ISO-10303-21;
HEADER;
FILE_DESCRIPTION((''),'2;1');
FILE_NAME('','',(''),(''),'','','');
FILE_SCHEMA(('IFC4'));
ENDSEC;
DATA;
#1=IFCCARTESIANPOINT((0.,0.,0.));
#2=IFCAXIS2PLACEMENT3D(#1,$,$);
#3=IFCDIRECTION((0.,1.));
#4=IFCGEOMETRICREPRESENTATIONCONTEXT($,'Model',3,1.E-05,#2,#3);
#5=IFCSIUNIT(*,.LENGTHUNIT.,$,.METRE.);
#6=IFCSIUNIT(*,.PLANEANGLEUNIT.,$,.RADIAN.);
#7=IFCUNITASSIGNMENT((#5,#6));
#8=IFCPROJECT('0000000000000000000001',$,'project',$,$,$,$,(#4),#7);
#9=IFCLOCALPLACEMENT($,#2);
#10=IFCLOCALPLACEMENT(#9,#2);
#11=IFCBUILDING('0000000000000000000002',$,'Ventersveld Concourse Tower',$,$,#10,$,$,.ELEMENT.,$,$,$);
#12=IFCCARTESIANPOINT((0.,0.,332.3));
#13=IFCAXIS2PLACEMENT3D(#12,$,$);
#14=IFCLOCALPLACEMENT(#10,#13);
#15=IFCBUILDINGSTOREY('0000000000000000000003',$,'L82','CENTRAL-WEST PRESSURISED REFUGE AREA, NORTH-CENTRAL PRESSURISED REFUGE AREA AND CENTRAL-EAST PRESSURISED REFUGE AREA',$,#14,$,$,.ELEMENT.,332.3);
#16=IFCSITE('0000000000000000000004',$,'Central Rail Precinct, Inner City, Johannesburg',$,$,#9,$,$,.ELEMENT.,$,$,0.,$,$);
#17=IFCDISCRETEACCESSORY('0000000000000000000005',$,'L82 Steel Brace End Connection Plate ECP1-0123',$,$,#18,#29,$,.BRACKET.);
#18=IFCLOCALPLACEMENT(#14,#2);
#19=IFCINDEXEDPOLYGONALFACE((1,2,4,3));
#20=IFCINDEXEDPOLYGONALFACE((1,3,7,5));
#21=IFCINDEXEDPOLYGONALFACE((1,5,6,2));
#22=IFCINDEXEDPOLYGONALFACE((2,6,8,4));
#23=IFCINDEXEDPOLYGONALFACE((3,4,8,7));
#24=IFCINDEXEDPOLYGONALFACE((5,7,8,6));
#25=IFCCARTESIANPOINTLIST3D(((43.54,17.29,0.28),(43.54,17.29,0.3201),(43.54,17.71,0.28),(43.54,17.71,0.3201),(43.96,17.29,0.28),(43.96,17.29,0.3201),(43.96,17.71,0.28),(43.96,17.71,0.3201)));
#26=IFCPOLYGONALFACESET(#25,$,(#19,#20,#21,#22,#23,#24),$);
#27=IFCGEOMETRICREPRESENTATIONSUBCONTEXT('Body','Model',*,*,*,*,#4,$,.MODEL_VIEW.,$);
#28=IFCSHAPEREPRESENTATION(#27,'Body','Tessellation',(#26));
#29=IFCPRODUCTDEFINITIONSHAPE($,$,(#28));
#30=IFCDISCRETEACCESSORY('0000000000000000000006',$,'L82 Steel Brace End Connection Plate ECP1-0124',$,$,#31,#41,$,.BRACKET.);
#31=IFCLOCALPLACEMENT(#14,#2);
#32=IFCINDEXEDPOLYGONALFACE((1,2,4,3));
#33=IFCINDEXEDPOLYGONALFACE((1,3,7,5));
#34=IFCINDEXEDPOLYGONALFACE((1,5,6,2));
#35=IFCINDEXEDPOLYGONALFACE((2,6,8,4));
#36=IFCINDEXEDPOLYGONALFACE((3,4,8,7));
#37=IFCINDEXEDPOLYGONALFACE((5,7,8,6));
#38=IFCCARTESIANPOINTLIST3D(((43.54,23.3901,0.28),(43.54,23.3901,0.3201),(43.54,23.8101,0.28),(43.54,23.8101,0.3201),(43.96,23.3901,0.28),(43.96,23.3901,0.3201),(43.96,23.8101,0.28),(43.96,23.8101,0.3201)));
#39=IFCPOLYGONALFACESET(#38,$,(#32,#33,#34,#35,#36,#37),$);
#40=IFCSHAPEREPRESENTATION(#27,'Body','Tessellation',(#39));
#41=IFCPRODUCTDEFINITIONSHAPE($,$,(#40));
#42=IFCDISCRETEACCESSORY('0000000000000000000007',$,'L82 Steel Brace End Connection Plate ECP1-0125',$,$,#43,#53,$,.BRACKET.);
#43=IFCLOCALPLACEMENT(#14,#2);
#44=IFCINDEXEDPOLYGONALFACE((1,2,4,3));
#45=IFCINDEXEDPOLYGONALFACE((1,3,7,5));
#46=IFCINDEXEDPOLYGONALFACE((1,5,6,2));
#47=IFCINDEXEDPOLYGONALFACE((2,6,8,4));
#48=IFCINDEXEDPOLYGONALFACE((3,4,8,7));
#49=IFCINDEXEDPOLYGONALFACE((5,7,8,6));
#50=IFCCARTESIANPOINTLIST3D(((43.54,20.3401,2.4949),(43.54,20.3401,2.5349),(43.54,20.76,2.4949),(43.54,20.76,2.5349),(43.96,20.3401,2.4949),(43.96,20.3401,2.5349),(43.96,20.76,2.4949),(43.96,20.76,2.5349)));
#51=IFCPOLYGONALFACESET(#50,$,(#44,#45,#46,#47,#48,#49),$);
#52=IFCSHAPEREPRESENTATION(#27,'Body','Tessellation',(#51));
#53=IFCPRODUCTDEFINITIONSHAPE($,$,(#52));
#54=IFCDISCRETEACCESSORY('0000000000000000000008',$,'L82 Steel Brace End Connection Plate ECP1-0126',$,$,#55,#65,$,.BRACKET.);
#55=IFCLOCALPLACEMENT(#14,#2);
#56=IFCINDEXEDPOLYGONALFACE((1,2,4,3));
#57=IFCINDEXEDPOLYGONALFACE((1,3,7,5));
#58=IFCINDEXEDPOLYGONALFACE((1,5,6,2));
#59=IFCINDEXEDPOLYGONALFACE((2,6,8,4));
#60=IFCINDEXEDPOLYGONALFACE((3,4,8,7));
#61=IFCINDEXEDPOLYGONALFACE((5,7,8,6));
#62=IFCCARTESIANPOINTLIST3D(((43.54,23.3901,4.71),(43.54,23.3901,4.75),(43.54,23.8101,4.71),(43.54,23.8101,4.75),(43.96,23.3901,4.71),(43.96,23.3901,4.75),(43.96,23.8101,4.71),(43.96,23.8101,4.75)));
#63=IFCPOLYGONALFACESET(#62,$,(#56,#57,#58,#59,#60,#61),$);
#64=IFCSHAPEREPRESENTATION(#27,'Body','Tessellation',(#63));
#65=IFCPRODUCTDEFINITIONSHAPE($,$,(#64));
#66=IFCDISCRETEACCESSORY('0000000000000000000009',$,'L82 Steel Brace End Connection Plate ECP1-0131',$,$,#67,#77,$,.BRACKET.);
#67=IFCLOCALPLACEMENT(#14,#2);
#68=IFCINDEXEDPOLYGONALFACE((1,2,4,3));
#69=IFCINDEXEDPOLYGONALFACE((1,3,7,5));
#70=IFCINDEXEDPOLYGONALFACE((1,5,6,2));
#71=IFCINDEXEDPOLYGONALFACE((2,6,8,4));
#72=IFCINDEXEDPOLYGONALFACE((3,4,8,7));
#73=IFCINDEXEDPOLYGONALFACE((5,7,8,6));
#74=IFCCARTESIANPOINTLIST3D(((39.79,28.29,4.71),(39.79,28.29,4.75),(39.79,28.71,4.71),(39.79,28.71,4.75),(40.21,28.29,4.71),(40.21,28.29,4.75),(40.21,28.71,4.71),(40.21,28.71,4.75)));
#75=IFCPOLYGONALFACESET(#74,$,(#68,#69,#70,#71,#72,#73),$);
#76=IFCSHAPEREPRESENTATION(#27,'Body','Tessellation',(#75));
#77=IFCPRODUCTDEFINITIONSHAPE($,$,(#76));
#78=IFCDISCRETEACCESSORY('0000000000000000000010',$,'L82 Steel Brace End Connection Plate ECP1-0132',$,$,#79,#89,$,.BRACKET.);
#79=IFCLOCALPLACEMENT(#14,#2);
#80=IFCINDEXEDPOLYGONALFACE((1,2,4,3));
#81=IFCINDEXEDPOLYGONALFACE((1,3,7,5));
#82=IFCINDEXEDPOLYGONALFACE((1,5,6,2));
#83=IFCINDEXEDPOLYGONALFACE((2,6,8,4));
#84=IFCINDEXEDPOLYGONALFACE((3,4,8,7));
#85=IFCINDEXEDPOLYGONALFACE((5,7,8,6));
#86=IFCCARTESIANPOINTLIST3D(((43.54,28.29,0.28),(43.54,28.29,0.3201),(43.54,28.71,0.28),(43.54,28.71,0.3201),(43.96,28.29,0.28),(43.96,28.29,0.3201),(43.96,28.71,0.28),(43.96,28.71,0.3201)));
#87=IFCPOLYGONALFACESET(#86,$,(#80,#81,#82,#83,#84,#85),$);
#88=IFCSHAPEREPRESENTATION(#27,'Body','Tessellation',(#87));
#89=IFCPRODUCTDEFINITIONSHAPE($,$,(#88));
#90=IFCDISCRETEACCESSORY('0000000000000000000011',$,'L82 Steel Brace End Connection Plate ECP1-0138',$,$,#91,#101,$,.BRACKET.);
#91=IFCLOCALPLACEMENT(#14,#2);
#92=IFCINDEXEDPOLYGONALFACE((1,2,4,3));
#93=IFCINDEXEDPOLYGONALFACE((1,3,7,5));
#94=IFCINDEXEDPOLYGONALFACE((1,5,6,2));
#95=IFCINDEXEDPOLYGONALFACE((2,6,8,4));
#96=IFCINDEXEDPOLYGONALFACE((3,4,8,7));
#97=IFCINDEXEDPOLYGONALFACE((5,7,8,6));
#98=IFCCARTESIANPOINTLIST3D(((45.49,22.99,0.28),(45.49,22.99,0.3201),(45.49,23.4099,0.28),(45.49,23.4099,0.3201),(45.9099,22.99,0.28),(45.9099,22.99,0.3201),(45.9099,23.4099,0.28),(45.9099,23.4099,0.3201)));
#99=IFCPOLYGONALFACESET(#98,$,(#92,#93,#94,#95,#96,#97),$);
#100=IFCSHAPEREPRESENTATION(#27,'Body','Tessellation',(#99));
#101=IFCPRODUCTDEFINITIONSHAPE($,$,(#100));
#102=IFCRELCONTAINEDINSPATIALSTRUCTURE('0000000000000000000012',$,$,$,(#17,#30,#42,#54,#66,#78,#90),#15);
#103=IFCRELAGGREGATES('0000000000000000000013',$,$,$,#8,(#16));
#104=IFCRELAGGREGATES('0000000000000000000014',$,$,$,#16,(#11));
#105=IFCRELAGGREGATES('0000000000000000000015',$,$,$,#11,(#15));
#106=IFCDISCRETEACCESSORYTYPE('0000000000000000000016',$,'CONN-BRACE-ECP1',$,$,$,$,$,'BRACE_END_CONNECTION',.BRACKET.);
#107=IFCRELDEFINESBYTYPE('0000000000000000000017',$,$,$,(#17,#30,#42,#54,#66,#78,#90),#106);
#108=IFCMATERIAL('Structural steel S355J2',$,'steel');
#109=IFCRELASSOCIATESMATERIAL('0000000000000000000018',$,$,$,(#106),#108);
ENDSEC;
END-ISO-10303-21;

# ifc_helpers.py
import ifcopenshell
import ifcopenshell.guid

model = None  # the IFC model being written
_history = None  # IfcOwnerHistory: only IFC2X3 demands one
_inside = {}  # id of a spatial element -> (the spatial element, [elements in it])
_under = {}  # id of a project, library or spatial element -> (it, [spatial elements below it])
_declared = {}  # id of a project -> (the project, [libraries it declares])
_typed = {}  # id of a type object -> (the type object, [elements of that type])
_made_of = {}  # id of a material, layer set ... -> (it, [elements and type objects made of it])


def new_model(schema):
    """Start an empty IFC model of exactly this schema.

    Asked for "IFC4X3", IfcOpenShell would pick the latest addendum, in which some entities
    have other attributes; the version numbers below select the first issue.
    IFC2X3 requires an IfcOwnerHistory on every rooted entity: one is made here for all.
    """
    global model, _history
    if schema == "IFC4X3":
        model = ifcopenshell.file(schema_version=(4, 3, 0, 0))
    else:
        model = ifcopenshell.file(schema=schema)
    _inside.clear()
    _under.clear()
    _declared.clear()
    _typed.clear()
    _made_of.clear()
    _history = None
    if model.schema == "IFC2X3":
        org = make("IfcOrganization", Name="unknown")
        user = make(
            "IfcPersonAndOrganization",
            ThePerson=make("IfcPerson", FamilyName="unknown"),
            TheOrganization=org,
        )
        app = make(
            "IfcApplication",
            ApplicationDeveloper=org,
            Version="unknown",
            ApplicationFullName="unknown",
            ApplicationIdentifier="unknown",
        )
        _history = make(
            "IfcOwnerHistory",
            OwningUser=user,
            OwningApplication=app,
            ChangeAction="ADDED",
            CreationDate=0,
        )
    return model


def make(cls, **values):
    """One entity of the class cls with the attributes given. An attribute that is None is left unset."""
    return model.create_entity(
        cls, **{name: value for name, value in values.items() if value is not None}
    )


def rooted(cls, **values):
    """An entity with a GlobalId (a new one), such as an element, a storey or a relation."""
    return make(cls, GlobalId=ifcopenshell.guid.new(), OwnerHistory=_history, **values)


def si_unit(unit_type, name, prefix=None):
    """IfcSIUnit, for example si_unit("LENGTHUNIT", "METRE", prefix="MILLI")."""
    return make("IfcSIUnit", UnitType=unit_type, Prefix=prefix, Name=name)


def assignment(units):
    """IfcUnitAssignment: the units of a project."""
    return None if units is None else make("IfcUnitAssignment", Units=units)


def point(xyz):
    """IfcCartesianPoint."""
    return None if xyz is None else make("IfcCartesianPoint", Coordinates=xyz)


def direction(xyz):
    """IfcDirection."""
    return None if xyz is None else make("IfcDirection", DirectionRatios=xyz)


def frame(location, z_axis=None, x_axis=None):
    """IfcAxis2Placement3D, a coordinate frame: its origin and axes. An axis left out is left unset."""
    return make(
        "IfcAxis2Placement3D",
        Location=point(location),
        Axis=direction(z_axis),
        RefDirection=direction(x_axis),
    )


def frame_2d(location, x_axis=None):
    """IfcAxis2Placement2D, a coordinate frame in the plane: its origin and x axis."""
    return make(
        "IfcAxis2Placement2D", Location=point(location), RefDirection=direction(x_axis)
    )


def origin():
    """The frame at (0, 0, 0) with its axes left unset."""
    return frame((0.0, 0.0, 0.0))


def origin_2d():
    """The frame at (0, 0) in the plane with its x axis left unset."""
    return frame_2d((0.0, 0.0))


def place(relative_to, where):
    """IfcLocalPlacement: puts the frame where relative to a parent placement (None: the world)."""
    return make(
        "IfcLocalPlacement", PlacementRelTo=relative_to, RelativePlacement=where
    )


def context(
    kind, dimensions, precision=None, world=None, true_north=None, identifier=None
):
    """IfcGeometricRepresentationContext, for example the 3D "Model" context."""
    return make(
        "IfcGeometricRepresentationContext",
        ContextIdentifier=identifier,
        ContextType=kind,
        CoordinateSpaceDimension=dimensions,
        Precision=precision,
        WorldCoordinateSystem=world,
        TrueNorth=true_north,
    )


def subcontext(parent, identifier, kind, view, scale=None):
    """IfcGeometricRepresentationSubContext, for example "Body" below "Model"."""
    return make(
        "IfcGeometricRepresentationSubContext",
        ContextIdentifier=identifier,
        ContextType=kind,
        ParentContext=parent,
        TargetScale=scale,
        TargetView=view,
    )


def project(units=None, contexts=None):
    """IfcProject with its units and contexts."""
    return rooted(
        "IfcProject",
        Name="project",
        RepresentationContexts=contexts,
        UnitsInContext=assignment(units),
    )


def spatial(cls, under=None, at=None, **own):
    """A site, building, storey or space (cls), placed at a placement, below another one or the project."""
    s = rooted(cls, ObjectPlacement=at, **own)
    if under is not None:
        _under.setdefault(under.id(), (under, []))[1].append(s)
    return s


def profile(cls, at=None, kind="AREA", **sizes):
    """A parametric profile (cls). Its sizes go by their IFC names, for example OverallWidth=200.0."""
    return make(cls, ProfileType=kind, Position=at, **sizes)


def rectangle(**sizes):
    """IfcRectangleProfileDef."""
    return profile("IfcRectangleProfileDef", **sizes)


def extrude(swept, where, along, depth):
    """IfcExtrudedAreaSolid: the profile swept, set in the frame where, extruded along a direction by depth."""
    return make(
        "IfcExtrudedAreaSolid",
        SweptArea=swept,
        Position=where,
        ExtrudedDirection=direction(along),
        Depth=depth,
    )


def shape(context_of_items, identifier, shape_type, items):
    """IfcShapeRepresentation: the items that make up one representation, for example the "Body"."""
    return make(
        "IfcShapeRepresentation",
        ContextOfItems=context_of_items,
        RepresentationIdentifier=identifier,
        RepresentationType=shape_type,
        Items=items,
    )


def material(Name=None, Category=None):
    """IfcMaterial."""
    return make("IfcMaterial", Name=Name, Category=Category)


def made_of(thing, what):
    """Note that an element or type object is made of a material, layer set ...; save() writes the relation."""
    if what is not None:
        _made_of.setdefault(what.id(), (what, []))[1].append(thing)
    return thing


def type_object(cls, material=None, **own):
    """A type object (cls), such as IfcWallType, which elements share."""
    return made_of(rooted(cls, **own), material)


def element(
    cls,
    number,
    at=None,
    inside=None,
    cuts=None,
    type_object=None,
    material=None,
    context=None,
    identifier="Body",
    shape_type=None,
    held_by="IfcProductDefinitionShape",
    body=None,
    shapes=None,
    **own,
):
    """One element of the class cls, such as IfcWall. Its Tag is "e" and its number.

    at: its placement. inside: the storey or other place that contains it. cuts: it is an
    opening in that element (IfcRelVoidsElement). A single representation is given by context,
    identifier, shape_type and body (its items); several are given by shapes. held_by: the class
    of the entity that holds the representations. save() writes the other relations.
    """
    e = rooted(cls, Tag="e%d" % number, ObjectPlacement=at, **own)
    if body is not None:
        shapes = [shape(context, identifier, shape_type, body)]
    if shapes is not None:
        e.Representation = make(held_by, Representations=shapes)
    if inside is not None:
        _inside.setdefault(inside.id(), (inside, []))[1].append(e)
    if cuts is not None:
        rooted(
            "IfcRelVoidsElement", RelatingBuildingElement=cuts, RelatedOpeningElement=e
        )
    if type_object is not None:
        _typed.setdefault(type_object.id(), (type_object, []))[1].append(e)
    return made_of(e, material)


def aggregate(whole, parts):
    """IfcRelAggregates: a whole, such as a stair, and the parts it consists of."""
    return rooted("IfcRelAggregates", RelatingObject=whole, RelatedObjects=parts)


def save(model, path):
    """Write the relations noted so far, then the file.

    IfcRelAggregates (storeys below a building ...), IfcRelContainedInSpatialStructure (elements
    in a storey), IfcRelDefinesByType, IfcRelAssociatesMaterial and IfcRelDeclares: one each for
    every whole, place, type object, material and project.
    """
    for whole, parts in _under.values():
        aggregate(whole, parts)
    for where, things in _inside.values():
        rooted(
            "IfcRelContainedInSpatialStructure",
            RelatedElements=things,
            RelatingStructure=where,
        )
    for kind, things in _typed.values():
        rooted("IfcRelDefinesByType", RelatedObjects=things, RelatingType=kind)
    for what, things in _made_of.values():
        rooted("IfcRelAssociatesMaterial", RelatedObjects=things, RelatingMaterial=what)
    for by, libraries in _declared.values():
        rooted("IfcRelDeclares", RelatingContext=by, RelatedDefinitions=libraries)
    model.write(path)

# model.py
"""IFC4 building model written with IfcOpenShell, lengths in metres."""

from ifc_helpers import new_model, si_unit, direction, frame, origin, origin_2d, place, context, subcontext, project, spatial, rectangle, extrude, material, type_object, element, save


model = new_model("IFC4")

# Units and contexts
model_context = context("Model", 3, precision=1e-05, world=origin(), true_north=direction((0.0, 1.0)))
body_context = subcontext(model_context, "Body", "Model", "MODEL_VIEW")
ifc_project = project(units=[si_unit("LENGTHUNIT", "METRE"), si_unit("PLANEANGLEUNIT", "RADIAN")], contexts=[model_context])

# Site, building, storey
site_placement = place(None, origin())
site = spatial("IfcSite", under=ifc_project, at=site_placement, Name="Central Rail Precinct, Inner City, Johannesburg", CompositionType="ELEMENT", RefElevation=0.0)
building_placement = place(site_placement, origin())
building = spatial("IfcBuilding", under=site, at=building_placement, Name="Ventersveld Concourse Tower", CompositionType="ELEMENT")
storey_placement = place(building_placement, frame((0.0, 0.0, 332.3)))
storey = spatial("IfcBuildingStorey", under=building, at=storey_placement, Name="L82", Description="CENTRAL-WEST PRESSURISED REFUGE AREA, NORTH-CENTRAL PRESSURISED REFUGE AREA AND CENTRAL-EAST PRESSURISED REFUGE AREA", CompositionType="ELEMENT", Elevation=332.3)

# Shared definitions
ifc_material_1 = material(Name="Structural steel S355J2", Category="steel")

# Discrete accessories
discrete_accessory_type = type_object("IfcDiscreteAccessoryType", Name="CONN-BRACE-ECP1", ElementType="BRACE_END_CONNECTION", PredefinedType="BRACKET", material=ifc_material_1)
for number, where, z_axis, x_axis, name in (
    (1, (43.75, 17.5, 0.28), (0.0, 0.0, 1.0), (1.0, 0.0, 0.0), "L82 Steel Brace End Connection Plate ECP1-0123"),
    (2, (43.75, 23.6001, 0.28), (0.0, 0.0, 1.0), (1.0, 0.0, 0.0), "L82 Steel Brace End Connection Plate ECP1-0124"),
    (3, (43.75, 20.55, 2.4949), (0.0, 0.0, 1.0), (1.0, 0.0, 0.0), "L82 Steel Brace End Connection Plate ECP1-0125"),
    (4, (43.75, 23.6001, 4.71), (0.0, 0.0, 1.0), (1.0, 0.0, 0.0), "L82 Steel Brace End Connection Plate ECP1-0126"),
    (5, (40.0, 28.5, 4.71), (0.0, 0.0, 1.0), (1.0, 0.0, 0.0), "L82 Steel Brace End Connection Plate ECP1-0131"),
    (6, (43.75, 28.5, 0.28), (0.0, 0.0, 1.0), (1.0, 0.0, 0.0), "L82 Steel Brace End Connection Plate ECP1-0132"),
    (7, (45.7, 23.2, 0.28), (0.0, 0.0, 1.0), (1.0, 0.0, 0.0), "L82 Steel Brace End Connection Plate ECP1-0138"),
):
    element("IfcDiscreteAccessory", number, at=place(storey_placement, frame(where, z_axis=z_axis, x_axis=x_axis)), inside=storey, type_object=discrete_accessory_type, Name=name, PredefinedType="BRACKET", context=body_context, shape_type="SweptSolid", body=[
        extrude(rectangle(XDim=0.4199, YDim=0.4199, at=origin_2d()), origin(), (0.0, 0.0, 1.0), 0.04),
    ])

save(model, "model.ifc")
